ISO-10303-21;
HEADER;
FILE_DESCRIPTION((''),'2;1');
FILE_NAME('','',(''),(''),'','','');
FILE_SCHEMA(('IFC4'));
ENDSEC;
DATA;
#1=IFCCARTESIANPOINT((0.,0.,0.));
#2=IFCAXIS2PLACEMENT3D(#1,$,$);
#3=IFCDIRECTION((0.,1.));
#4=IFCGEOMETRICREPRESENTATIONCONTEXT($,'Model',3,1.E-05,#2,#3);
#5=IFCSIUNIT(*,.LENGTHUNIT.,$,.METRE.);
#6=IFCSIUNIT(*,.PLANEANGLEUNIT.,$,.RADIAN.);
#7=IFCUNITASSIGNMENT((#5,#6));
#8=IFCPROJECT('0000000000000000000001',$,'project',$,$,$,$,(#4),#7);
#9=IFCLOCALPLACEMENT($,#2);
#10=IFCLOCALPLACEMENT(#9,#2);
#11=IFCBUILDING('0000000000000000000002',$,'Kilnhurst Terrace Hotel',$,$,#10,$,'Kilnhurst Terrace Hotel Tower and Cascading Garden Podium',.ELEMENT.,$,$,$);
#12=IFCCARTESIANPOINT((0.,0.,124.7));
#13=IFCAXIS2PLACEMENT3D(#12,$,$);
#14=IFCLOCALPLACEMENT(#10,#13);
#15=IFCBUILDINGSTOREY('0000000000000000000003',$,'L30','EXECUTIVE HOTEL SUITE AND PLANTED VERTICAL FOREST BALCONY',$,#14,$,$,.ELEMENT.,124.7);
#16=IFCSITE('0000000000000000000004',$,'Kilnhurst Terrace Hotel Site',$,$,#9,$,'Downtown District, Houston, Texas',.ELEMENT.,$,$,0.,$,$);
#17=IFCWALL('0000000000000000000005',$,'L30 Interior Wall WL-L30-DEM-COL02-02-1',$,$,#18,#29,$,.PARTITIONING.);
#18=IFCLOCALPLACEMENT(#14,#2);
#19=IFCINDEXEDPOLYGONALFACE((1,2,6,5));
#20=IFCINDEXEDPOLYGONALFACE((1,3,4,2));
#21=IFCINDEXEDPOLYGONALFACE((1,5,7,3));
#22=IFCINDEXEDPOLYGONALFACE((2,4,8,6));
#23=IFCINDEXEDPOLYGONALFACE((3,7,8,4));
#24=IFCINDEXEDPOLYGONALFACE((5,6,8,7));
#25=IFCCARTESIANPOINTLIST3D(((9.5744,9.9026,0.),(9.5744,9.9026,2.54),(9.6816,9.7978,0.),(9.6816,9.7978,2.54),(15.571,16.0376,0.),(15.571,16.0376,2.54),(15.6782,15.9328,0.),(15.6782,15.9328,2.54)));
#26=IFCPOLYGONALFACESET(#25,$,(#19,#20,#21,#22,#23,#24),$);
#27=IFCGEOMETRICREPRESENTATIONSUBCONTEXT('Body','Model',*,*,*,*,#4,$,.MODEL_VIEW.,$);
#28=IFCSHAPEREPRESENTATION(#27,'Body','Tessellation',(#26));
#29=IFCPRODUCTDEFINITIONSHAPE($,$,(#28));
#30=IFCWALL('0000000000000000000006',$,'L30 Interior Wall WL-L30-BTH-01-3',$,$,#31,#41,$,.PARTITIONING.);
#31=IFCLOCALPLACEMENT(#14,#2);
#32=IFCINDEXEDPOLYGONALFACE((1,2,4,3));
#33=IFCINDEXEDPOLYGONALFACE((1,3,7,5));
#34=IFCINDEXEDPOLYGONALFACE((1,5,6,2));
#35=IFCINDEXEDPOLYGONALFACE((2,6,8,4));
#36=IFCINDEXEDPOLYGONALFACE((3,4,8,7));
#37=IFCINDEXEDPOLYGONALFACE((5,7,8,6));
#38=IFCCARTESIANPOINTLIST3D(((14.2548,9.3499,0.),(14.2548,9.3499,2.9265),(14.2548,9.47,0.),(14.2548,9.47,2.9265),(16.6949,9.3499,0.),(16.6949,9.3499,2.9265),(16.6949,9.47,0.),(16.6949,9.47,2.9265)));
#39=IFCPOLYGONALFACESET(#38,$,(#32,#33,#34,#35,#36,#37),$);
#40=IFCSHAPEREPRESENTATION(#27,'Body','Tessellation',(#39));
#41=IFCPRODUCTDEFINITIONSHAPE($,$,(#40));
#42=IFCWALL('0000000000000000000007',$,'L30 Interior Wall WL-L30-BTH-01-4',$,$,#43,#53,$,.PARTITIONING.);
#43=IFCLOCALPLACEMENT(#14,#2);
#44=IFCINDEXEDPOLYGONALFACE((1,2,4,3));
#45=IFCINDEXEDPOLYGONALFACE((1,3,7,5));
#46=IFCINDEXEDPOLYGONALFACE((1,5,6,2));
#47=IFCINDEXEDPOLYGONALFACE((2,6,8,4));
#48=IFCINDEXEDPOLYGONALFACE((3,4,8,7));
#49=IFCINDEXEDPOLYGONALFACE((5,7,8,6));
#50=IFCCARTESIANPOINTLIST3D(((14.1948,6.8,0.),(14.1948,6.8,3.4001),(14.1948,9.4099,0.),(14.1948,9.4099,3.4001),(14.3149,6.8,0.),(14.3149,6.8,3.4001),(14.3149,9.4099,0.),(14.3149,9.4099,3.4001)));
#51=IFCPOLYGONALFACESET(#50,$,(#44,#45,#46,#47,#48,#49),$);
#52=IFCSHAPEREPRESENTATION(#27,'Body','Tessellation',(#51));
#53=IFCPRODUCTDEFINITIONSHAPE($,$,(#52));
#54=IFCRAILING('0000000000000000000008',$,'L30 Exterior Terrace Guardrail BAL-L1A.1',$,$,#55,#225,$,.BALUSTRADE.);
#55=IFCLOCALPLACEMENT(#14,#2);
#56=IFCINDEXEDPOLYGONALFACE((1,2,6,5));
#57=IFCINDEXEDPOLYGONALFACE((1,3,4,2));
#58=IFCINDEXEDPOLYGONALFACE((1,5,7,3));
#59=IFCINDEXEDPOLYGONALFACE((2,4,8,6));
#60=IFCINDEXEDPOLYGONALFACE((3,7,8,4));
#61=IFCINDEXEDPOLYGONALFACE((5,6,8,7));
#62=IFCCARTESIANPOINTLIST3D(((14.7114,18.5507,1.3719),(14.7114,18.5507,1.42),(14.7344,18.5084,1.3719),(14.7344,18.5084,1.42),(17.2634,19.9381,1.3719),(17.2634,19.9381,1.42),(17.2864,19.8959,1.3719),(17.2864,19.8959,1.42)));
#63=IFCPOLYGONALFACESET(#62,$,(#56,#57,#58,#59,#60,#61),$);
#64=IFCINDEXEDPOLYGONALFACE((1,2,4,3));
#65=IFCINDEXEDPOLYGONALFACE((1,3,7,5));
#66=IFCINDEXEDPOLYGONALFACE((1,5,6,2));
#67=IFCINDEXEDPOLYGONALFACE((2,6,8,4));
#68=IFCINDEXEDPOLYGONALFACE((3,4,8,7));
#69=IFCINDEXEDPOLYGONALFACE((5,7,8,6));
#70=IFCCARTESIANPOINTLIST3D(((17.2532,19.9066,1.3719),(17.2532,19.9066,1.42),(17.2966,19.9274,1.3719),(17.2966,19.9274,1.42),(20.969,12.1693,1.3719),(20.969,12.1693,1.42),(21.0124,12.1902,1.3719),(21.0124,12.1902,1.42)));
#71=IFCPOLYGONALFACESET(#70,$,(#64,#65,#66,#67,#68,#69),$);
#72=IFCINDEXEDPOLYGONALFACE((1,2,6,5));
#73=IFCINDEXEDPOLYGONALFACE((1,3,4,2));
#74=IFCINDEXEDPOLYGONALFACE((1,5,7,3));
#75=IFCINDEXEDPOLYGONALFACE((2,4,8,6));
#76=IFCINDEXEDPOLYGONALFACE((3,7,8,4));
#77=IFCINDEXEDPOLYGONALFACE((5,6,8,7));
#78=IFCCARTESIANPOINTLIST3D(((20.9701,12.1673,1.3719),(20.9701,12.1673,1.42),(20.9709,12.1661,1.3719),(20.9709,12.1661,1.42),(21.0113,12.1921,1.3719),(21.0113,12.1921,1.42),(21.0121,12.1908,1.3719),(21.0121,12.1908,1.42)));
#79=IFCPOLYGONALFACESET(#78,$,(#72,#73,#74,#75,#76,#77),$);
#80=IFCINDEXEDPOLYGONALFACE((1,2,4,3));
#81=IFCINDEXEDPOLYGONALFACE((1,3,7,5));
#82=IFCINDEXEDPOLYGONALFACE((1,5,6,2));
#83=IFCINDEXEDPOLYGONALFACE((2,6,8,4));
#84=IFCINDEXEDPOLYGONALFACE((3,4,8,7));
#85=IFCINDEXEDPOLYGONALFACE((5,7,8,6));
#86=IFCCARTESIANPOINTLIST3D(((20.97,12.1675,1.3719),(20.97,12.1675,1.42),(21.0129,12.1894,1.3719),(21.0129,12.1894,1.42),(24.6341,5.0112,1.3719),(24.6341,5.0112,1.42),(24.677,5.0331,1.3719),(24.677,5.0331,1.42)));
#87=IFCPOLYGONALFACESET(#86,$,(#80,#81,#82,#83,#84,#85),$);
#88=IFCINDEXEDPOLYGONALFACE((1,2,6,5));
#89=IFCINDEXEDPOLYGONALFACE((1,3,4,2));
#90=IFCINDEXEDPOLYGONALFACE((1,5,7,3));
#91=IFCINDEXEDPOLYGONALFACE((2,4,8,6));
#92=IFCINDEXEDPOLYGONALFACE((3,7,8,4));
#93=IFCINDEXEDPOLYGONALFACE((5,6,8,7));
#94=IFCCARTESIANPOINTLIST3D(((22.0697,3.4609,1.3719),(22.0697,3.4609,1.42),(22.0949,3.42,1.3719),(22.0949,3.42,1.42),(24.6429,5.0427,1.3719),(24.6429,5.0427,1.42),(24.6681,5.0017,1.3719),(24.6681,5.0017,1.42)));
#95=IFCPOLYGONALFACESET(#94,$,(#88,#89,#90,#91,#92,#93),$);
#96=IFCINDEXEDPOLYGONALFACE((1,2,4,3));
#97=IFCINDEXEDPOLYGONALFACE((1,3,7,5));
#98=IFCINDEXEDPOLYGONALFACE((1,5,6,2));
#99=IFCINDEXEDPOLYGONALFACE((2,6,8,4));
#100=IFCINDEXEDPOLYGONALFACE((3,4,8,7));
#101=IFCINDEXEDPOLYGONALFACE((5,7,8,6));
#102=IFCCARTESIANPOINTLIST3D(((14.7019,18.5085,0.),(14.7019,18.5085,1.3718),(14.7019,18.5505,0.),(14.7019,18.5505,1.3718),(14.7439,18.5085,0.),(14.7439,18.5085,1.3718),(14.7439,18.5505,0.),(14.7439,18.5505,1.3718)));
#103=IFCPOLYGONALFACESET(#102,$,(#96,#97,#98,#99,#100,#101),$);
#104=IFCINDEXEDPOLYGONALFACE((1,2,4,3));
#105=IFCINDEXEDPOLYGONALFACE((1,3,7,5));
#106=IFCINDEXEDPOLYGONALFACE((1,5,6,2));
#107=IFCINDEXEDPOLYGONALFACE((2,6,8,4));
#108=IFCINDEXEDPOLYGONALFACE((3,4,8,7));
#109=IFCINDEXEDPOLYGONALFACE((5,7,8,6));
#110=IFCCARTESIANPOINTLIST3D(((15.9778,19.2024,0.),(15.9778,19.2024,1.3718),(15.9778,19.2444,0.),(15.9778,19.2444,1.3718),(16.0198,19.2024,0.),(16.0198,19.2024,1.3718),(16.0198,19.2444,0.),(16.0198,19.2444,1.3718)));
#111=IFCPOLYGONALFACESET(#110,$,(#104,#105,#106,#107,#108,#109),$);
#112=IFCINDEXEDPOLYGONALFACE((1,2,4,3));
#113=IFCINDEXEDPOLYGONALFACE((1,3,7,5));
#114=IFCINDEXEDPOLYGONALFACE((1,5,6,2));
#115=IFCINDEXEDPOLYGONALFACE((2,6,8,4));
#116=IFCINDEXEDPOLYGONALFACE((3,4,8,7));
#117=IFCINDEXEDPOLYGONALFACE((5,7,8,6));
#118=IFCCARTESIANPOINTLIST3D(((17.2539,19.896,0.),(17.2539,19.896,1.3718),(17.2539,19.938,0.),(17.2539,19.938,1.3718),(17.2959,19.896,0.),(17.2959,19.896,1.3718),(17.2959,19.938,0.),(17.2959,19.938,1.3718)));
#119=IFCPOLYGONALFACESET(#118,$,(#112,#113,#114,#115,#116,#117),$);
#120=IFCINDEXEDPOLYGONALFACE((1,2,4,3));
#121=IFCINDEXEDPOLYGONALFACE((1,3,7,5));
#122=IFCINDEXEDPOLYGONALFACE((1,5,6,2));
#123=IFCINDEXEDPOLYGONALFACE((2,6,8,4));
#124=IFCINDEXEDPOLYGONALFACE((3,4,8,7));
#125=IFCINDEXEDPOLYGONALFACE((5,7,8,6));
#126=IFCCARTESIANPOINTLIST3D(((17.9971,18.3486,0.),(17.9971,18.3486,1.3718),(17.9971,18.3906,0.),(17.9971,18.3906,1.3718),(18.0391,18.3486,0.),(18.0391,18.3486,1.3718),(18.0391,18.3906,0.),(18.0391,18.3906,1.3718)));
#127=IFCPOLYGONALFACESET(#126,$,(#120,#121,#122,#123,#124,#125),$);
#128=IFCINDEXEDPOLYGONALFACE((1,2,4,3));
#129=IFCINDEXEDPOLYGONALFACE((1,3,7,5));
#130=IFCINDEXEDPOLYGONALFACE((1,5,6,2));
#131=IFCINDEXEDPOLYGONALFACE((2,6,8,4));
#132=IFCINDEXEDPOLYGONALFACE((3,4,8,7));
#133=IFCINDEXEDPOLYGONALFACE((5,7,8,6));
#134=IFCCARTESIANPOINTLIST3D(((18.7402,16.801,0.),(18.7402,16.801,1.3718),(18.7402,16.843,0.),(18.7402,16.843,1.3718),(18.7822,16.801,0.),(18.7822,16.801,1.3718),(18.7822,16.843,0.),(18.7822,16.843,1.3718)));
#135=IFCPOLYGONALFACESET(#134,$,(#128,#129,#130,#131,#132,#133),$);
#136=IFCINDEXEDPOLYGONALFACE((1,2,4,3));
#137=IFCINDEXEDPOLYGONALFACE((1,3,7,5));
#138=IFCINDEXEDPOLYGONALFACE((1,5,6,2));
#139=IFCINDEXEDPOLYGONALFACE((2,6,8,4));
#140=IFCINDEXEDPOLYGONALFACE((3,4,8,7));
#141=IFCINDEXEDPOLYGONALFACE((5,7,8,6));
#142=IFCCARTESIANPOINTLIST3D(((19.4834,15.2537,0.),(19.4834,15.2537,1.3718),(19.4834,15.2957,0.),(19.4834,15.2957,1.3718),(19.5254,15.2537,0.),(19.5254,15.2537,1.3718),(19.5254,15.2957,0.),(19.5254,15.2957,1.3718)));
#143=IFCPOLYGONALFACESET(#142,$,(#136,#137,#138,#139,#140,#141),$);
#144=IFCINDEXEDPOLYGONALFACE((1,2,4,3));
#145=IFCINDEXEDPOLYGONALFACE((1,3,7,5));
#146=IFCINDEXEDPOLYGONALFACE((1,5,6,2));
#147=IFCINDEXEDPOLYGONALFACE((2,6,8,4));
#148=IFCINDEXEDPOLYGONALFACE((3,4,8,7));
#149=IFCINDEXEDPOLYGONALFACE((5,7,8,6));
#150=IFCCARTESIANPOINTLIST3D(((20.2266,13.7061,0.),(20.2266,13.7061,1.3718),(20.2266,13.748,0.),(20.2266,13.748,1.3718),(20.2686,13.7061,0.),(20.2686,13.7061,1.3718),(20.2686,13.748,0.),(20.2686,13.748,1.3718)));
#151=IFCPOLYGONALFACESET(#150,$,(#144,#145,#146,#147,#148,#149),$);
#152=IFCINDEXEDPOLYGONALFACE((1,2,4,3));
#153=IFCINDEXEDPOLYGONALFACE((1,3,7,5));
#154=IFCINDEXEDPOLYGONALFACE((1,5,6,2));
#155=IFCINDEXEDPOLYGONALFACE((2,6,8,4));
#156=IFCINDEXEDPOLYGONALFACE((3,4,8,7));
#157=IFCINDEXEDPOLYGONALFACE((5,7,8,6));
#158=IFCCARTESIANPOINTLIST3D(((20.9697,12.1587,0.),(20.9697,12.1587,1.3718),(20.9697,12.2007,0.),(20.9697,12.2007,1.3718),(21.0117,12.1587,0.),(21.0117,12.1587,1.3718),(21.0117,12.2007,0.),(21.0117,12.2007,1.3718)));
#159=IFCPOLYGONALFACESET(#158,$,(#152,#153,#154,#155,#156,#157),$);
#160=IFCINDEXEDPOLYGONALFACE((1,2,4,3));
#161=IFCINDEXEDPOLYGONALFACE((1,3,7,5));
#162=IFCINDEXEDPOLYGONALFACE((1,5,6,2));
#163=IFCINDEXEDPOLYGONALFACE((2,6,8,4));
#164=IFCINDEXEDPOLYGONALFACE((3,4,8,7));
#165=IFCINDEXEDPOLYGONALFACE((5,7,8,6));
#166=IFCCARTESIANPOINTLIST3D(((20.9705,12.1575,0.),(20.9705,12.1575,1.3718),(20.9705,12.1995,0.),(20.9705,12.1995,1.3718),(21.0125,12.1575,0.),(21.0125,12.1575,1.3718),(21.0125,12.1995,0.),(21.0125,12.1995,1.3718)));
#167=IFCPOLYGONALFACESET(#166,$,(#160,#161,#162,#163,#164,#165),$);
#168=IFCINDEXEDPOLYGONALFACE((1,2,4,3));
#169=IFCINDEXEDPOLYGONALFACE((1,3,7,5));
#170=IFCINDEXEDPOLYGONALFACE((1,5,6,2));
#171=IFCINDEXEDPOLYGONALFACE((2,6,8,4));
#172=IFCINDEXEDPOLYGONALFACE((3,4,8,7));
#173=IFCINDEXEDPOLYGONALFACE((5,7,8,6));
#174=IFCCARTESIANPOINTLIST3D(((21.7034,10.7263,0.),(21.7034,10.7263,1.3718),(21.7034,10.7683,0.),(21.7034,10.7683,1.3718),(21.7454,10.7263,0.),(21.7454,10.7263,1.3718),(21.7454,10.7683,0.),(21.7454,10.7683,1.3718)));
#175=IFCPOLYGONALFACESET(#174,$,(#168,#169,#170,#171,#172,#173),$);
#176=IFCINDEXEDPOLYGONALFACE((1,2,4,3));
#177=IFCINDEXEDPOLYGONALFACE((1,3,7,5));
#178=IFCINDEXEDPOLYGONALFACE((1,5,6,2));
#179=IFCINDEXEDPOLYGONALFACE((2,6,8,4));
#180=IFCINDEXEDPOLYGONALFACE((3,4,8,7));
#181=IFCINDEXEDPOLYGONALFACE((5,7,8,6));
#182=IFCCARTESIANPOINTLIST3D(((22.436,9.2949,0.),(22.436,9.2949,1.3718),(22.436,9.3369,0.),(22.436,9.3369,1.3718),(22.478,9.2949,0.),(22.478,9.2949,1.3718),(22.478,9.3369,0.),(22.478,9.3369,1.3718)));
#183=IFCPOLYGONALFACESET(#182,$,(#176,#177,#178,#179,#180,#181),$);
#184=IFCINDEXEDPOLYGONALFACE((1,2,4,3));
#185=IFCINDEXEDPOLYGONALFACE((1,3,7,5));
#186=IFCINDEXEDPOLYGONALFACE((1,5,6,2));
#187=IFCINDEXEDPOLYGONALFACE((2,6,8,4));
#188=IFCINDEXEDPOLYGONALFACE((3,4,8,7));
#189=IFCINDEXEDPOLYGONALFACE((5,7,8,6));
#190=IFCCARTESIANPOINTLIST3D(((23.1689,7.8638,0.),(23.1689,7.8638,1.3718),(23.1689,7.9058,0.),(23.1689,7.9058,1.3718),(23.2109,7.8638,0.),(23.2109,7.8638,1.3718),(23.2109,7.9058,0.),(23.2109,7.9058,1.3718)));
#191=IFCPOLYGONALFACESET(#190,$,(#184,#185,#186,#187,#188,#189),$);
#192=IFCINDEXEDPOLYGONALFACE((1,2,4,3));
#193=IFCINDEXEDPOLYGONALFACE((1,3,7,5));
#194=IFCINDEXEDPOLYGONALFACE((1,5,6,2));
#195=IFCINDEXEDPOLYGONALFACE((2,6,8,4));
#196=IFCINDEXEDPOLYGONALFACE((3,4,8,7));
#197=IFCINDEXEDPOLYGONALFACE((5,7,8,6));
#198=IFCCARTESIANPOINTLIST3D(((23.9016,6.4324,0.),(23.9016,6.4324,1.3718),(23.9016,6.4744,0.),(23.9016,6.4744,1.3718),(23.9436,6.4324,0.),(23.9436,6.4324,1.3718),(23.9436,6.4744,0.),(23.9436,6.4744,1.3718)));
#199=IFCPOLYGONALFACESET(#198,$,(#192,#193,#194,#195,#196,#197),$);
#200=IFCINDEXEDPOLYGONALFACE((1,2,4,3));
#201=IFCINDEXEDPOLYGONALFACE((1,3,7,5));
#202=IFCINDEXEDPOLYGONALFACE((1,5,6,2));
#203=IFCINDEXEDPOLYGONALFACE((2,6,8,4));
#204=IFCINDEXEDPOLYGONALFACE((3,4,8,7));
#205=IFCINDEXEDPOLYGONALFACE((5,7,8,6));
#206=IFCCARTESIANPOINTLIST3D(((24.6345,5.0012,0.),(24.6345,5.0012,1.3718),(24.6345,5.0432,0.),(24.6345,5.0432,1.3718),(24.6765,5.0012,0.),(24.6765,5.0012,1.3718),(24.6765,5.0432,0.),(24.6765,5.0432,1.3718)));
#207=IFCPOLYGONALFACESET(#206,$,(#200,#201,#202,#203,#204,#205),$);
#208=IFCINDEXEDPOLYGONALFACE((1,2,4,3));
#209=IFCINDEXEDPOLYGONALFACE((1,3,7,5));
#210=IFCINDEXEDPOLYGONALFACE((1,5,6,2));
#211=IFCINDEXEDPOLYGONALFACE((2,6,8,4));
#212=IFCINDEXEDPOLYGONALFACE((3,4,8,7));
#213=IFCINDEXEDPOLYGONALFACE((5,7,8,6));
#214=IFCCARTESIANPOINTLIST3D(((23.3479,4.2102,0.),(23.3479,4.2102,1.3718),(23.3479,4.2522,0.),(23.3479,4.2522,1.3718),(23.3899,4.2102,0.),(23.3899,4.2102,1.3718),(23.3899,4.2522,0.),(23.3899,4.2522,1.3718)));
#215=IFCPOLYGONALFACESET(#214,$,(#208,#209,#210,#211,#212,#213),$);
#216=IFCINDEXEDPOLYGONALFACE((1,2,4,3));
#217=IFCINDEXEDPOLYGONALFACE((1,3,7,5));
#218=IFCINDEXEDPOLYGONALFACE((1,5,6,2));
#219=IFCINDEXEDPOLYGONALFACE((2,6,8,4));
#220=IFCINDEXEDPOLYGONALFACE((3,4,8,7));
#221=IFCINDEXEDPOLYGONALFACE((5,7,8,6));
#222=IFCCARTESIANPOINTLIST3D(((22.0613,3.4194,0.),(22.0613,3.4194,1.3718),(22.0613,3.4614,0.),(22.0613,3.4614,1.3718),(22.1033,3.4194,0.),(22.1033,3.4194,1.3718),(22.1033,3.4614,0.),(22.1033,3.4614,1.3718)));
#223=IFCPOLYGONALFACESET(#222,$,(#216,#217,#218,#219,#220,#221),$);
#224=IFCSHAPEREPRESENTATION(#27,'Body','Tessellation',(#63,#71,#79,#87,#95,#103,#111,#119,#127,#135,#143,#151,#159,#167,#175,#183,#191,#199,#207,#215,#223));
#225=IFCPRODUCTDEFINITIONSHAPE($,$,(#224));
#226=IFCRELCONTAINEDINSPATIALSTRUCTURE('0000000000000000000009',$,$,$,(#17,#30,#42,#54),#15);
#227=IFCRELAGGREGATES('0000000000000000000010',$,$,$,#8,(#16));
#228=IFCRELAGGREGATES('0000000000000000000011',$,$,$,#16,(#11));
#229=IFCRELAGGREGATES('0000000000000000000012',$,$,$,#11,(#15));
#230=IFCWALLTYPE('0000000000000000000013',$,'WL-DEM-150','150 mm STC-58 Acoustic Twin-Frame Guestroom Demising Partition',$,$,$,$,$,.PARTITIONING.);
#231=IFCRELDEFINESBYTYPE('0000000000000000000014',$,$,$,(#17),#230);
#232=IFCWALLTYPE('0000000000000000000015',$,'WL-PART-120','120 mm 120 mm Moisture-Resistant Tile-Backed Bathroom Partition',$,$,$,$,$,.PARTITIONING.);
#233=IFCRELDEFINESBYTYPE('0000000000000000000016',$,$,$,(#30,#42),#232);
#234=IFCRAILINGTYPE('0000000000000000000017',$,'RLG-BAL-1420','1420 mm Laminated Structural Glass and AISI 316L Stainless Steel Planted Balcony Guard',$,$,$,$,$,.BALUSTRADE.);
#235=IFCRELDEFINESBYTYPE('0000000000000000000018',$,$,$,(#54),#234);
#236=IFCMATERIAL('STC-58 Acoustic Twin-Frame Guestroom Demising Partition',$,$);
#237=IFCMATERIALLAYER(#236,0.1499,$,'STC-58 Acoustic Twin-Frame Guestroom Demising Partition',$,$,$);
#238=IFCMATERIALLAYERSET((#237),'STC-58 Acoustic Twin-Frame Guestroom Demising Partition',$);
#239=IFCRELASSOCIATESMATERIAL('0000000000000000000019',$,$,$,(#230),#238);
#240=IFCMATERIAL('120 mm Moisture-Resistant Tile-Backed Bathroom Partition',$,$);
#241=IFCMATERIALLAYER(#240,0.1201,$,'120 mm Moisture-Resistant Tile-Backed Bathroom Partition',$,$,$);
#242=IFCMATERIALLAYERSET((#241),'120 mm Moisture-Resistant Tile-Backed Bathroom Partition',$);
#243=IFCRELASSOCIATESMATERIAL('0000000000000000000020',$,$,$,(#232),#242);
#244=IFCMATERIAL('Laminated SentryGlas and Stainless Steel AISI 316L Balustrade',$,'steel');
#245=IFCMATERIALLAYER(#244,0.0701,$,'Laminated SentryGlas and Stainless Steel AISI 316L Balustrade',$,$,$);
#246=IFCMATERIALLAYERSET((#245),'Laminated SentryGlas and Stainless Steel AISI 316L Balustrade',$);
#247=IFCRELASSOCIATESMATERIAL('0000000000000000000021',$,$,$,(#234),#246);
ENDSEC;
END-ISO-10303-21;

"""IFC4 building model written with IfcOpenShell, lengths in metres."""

from ifc_helpers import new_model, si_unit, direction, frame, frame_2d, origin, origin_2d, place, context, subcontext, project, spatial, rectangle, extrude, material, layer, layer_set, type_object, element, save


model = new_model("IFC4")

# Units and contexts
model_context = context("Model", 3, precision=1e-05, world=origin(), true_north=direction((0.0, 1.0)))
body_context = subcontext(model_context, "Body", "Model", "MODEL_VIEW")
ifc_project = project(units=[si_unit("LENGTHUNIT", "METRE"), si_unit("PLANEANGLEUNIT", "RADIAN")], contexts=[model_context])

# Site, building, storey
site_placement = place(None, origin())
site = spatial("IfcSite", under=ifc_project, at=site_placement, Name="Kilnhurst Terrace Hotel Site", LongName="Downtown District, Houston, Texas", CompositionType="ELEMENT", RefElevation=0.0)
building_placement = place(site_placement, origin())
building = spatial("IfcBuilding", under=site, at=building_placement, Name="Kilnhurst Terrace Hotel", LongName="Kilnhurst Terrace Hotel Tower and Cascading Garden Podium", CompositionType="ELEMENT")
storey_placement = place(building_placement, frame((0.0, 0.0, 124.7)))
storey = spatial("IfcBuildingStorey", under=building, at=storey_placement, Name="L30", Description="EXECUTIVE HOTEL SUITE AND PLANTED VERTICAL FOREST BALCONY", CompositionType="ELEMENT", Elevation=124.7)

# Walls
ifc_material_1 = material(Name="STC-58 Acoustic Twin-Frame Guestroom Demising Partition")
ifc_layer_1 = layer(ifc_material_1, 0.1499, Name="STC-58 Acoustic Twin-Frame Guestroom Demising Partition")
ifc_layer_set_1 = layer_set([ifc_layer_1], Name="STC-58 Acoustic Twin-Frame Guestroom Demising Partition")
wall_type_1 = type_object("IfcWallType", Name="WL-DEM-150", Description="150 mm STC-58 Acoustic Twin-Frame Guestroom Demising Partition", PredefinedType="PARTITIONING", material=ifc_layer_set_1)
wall_1_placement = place(storey_placement, frame((9.6279, 9.8501, 0.0), z_axis=(0.0, 0.0, 1.0), x_axis=(0.698993, 0.715129, 0.0)))
element("IfcWall", 1, at=wall_1_placement, inside=storey, type_object=wall_type_1, Name="L30 Interior Wall WL-L30-DEM-COL02-02-1", PredefinedType="PARTITIONING", context=body_context, shape_type="SweptSolid", body=[
    extrude(rectangle(XDim=8.5789, YDim=0.1499, at=frame_2d((4.2896, 0.0))), origin(), (0.0, 0.0, 1.0), 2.54),
])
ifc_material_2 = material(Name="120 mm Moisture-Resistant Tile-Backed Bathroom Partition")
ifc_layer_2 = layer(ifc_material_2, 0.1201, Name="120 mm Moisture-Resistant Tile-Backed Bathroom Partition")
ifc_layer_set_2 = layer_set([ifc_layer_2], Name="120 mm Moisture-Resistant Tile-Backed Bathroom Partition")
wall_type_2 = type_object("IfcWallType", Name="WL-PART-120", Description="120 mm 120 mm Moisture-Resistant Tile-Backed Bathroom Partition", PredefinedType="PARTITIONING", material=ifc_layer_set_2)
wall_2_placement = place(storey_placement, frame((16.6951, 9.4099, 0.0), z_axis=(0.0, 0.0, 1.0), x_axis=(-1.0, 0.0, 0.0)))
element("IfcWall", 2, at=wall_2_placement, inside=storey, type_object=wall_type_2, Name="L30 Interior Wall WL-L30-BTH-01-3", PredefinedType="PARTITIONING", context=body_context, shape_type="SweptSolid", body=[
    extrude(rectangle(XDim=2.4402, YDim=0.1201, at=frame_2d((1.2202, 0.0))), origin(), (0.0, 0.0, 1.0), 2.9265),
])
wall_3_placement = place(storey_placement, frame((14.2549, 9.4099, 0.0), z_axis=(0.0, 0.0, 1.0), x_axis=(0.0, -1.0, 0.0)))
element("IfcWall", 3, at=wall_3_placement, inside=storey, type_object=wall_type_2, Name="L30 Interior Wall WL-L30-BTH-01-4", PredefinedType="PARTITIONING", context=body_context, shape_type="SweptSolid", body=[
    extrude(rectangle(XDim=2.6099, YDim=0.1201, at=frame_2d((1.3049, 0.0))), origin(), (0.0, 0.0, 1.0), 3.4001),
])

# Railing
ifc_material_3 = material(Name="Laminated SentryGlas and Stainless Steel AISI 316L Balustrade", Category="steel")
ifc_layer_3 = layer(ifc_material_3, 0.0701, Name="Laminated SentryGlas and Stainless Steel AISI 316L Balustrade")
ifc_layer_set_3 = layer_set([ifc_layer_3], Name="Laminated SentryGlas and Stainless Steel AISI 316L Balustrade")
railing_type = type_object("IfcRailingType", Name="RLG-BAL-1420", Description="1420 mm Laminated Structural Glass and AISI 316L Stainless Steel Planted Balcony Guard", PredefinedType="BALUSTRADE", material=ifc_layer_set_3)
railing_placement = place(storey_placement, frame((14.7229, 18.5295, 0.0)))
element("IfcRailing", 4, at=railing_placement, inside=storey, type_object=railing_type, Name="L30 Exterior Terrace Guardrail BAL-L1A.1", PredefinedType="BALUSTRADE", context=body_context, shape_type="SweptSolid", body=[
    extrude(rectangle(XDim=0.0481, YDim=0.0481, at=origin_2d()), frame((0.0, 0.0, 1.396), z_axis=(0.878553, 0.477644, 0.0), x_axis=(-0.477644, 0.878553, 0.0)), (0.0, 0.0, 1.0), 2.9048),
    extrude(rectangle(XDim=0.0481, YDim=0.0481, at=origin_2d()), frame((2.552, 1.3875, 1.396), z_axis=(0.432912, -0.901436, 0.0), x_axis=(0.901436, 0.432912, 0.0)), (0.0, 0.0, 1.0), 8.5833),
    extrude(rectangle(XDim=0.0481, YDim=0.0481, at=origin_2d()), frame((6.2678, -6.3499, 1.396), z_axis=(0.514496, -0.857493, 0.0), x_axis=(0.857493, 0.514496, 0.0)), (0.0, 0.0, 1.0), 0.0015),
    extrude(rectangle(XDim=0.0481, YDim=0.0481, at=origin_2d()), frame((6.2686, -6.3511, 1.396), z_axis=(0.455744, -0.890111, 0.0), x_axis=(0.890111, 0.455744, 0.0)), (0.0, 0.0, 1.0), 8.0398),
    extrude(rectangle(XDim=0.0481, YDim=0.0481, at=origin_2d()), frame((9.9326, -13.5073, 1.396), z_axis=(-0.851916, -0.523678, 0.0), x_axis=(0.523678, -0.851916, 0.0)), (0.0, 0.0, 1.0), 3.0205),
    extrude(rectangle(XDim=0.042, YDim=0.042, at=origin_2d()), origin(), (0.0, 0.0, 1.0), 1.3718),
    extrude(rectangle(XDim=0.042, YDim=0.042, at=origin_2d()), frame((1.2759, 0.6938, 0.0)), (0.0, 0.0, 1.0), 1.3718),
    extrude(rectangle(XDim=0.042, YDim=0.042, at=origin_2d()), frame((2.552, 1.3875, 0.0)), (0.0, 0.0, 1.0), 1.3718),
    extrude(rectangle(XDim=0.042, YDim=0.042, at=origin_2d()), frame((3.2952, -0.1599, 0.0)), (0.0, 0.0, 1.0), 1.3718),
    extrude(rectangle(XDim=0.042, YDim=0.042, at=origin_2d()), frame((4.0383, -1.7075, 0.0)), (0.0, 0.0, 1.0), 1.3718),
    extrude(rectangle(XDim=0.042, YDim=0.042, at=origin_2d()), frame((4.7815, -3.2549, 0.0)), (0.0, 0.0, 1.0), 1.3718),
    extrude(rectangle(XDim=0.042, YDim=0.042, at=origin_2d()), frame((5.5247, -4.8025, 0.0)), (0.0, 0.0, 1.0), 1.3718),
    extrude(rectangle(XDim=0.042, YDim=0.042, at=origin_2d()), frame((6.2678, -6.3499, 0.0)), (0.0, 0.0, 1.0), 1.3718),
    extrude(rectangle(XDim=0.042, YDim=0.042, at=origin_2d()), frame((6.2686, -6.3511, 0.0)), (0.0, 0.0, 1.0), 1.3718),
    extrude(rectangle(XDim=0.042, YDim=0.042, at=origin_2d()), frame((7.0015, -7.7822, 0.0)), (0.0, 0.0, 1.0), 1.3718),
    extrude(rectangle(XDim=0.042, YDim=0.042, at=origin_2d()), frame((7.7341, -9.2136, 0.0)), (0.0, 0.0, 1.0), 1.3718),
    extrude(rectangle(XDim=0.042, YDim=0.042, at=origin_2d()), frame((8.467, -10.6448, 0.0)), (0.0, 0.0, 1.0), 1.3718),
    extrude(rectangle(XDim=0.042, YDim=0.042, at=origin_2d()), frame((9.1997, -12.0762, 0.0)), (0.0, 0.0, 1.0), 1.3718),
    extrude(rectangle(XDim=0.042, YDim=0.042, at=origin_2d()), frame((9.9326, -13.5073, 0.0)), (0.0, 0.0, 1.0), 1.3718),
    extrude(rectangle(XDim=0.042, YDim=0.042, at=origin_2d()), frame((8.646, -14.2983, 0.0)), (0.0, 0.0, 1.0), 1.3718),
    extrude(rectangle(XDim=0.042, YDim=0.042, at=origin_2d()), frame((7.3594, -15.0891, 0.0)), (0.0, 0.0, 1.0), 1.3718),
])

save(model, "model.ifc")
